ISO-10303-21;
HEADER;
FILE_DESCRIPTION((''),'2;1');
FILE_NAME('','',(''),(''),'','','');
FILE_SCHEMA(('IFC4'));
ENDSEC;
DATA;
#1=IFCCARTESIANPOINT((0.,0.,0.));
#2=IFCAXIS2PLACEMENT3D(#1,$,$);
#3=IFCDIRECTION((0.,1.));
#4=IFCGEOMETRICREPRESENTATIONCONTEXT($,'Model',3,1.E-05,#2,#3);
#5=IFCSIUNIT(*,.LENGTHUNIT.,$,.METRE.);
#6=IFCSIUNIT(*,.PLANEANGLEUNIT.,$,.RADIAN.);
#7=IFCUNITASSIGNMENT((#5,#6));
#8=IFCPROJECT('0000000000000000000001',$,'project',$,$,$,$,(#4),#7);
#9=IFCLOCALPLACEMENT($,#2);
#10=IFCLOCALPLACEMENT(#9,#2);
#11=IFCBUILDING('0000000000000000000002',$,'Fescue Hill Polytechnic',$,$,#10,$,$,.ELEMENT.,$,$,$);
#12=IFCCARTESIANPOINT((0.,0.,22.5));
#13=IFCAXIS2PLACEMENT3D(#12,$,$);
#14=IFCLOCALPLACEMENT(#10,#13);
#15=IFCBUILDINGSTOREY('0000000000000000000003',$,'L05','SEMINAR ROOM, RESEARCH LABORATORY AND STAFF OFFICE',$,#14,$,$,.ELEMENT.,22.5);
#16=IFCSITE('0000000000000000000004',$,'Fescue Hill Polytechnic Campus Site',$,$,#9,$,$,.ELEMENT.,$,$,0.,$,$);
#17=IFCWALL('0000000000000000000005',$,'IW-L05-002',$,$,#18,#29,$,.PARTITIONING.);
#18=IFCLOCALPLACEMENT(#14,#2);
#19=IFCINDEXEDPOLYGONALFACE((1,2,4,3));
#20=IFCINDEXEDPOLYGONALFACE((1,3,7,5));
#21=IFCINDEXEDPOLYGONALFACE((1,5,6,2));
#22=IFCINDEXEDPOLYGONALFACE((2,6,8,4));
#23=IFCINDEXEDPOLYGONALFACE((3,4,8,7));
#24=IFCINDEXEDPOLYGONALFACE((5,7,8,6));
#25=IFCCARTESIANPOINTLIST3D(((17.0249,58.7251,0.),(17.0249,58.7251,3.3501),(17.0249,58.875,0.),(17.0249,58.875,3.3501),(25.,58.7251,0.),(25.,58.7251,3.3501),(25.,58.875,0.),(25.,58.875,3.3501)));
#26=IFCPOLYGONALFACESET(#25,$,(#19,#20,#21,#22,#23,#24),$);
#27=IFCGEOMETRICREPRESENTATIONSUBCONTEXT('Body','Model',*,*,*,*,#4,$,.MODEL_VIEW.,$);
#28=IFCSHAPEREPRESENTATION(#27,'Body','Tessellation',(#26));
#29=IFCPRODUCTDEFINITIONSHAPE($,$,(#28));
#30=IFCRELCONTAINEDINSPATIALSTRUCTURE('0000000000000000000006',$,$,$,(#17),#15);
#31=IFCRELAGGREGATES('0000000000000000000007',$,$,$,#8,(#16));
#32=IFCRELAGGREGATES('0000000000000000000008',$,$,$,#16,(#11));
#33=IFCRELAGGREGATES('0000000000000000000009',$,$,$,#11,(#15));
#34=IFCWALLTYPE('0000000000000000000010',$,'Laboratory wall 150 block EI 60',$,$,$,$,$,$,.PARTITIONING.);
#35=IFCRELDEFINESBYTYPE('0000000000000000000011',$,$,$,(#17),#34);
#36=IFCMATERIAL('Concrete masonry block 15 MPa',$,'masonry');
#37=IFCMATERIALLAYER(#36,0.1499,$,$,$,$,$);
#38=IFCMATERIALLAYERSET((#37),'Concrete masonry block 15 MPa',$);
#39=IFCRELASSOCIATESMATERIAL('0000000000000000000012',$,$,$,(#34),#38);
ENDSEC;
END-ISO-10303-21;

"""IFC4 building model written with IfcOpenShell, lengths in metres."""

from ifc_helpers import new_model, si_unit, direction, frame, frame_2d, origin, place, context, subcontext, project, spatial, rectangle, extrude, material, layer, layer_set, type_object, element, save


model = new_model("IFC4")

# Units and contexts
model_context = context("Model", 3, precision=1e-05, world=origin(), true_north=direction((0.0, 1.0)))
body_context = subcontext(model_context, "Body", "Model", "MODEL_VIEW")
ifc_project = project(units=[si_unit("LENGTHUNIT", "METRE"), si_unit("PLANEANGLEUNIT", "RADIAN")], contexts=[model_context])

# Site, building, storey
site_placement = place(None, origin())
site = spatial("IfcSite", under=ifc_project, at=site_placement, Name="Fescue Hill Polytechnic Campus Site", CompositionType="ELEMENT", RefElevation=0.0)
building_placement = place(site_placement, origin())
building = spatial("IfcBuilding", under=site, at=building_placement, Name="Fescue Hill Polytechnic", CompositionType="ELEMENT")
storey_placement = place(building_placement, frame((0.0, 0.0, 22.5)))
storey = spatial("IfcBuildingStorey", under=building, at=storey_placement, Name="L05", Description="SEMINAR ROOM, RESEARCH LABORATORY AND STAFF OFFICE", CompositionType="ELEMENT", Elevation=22.5)

# Wall
ifc_material_1 = material(Name="Concrete masonry block 15 MPa", Category="masonry")
ifc_layer_1 = layer(ifc_material_1, 0.1499)
ifc_layer_set_1 = layer_set([ifc_layer_1], Name="Concrete masonry block 15 MPa")
wall_type_1 = type_object("IfcWallType", Name="Laboratory wall 150 block EI 60", PredefinedType="PARTITIONING", material=ifc_layer_set_1)
wall_1_placement = place(storey_placement, frame((17.0249, 58.8, 0.0), z_axis=(0.0, 0.0, 1.0), x_axis=(1.0, 0.0, 0.0)))
element("IfcWall", 1, at=wall_1_placement, inside=storey, type_object=wall_type_1, Name="IW-L05-002", PredefinedType="PARTITIONING", context=body_context, shape_type="SweptSolid", body=[
    extrude(rectangle(XDim=7.9751, YDim=0.1499, at=frame_2d((3.9875, 0.0))), origin(), (0.0, 0.0, 1.0), 3.3501),
])

save(model, "model.ifc")
